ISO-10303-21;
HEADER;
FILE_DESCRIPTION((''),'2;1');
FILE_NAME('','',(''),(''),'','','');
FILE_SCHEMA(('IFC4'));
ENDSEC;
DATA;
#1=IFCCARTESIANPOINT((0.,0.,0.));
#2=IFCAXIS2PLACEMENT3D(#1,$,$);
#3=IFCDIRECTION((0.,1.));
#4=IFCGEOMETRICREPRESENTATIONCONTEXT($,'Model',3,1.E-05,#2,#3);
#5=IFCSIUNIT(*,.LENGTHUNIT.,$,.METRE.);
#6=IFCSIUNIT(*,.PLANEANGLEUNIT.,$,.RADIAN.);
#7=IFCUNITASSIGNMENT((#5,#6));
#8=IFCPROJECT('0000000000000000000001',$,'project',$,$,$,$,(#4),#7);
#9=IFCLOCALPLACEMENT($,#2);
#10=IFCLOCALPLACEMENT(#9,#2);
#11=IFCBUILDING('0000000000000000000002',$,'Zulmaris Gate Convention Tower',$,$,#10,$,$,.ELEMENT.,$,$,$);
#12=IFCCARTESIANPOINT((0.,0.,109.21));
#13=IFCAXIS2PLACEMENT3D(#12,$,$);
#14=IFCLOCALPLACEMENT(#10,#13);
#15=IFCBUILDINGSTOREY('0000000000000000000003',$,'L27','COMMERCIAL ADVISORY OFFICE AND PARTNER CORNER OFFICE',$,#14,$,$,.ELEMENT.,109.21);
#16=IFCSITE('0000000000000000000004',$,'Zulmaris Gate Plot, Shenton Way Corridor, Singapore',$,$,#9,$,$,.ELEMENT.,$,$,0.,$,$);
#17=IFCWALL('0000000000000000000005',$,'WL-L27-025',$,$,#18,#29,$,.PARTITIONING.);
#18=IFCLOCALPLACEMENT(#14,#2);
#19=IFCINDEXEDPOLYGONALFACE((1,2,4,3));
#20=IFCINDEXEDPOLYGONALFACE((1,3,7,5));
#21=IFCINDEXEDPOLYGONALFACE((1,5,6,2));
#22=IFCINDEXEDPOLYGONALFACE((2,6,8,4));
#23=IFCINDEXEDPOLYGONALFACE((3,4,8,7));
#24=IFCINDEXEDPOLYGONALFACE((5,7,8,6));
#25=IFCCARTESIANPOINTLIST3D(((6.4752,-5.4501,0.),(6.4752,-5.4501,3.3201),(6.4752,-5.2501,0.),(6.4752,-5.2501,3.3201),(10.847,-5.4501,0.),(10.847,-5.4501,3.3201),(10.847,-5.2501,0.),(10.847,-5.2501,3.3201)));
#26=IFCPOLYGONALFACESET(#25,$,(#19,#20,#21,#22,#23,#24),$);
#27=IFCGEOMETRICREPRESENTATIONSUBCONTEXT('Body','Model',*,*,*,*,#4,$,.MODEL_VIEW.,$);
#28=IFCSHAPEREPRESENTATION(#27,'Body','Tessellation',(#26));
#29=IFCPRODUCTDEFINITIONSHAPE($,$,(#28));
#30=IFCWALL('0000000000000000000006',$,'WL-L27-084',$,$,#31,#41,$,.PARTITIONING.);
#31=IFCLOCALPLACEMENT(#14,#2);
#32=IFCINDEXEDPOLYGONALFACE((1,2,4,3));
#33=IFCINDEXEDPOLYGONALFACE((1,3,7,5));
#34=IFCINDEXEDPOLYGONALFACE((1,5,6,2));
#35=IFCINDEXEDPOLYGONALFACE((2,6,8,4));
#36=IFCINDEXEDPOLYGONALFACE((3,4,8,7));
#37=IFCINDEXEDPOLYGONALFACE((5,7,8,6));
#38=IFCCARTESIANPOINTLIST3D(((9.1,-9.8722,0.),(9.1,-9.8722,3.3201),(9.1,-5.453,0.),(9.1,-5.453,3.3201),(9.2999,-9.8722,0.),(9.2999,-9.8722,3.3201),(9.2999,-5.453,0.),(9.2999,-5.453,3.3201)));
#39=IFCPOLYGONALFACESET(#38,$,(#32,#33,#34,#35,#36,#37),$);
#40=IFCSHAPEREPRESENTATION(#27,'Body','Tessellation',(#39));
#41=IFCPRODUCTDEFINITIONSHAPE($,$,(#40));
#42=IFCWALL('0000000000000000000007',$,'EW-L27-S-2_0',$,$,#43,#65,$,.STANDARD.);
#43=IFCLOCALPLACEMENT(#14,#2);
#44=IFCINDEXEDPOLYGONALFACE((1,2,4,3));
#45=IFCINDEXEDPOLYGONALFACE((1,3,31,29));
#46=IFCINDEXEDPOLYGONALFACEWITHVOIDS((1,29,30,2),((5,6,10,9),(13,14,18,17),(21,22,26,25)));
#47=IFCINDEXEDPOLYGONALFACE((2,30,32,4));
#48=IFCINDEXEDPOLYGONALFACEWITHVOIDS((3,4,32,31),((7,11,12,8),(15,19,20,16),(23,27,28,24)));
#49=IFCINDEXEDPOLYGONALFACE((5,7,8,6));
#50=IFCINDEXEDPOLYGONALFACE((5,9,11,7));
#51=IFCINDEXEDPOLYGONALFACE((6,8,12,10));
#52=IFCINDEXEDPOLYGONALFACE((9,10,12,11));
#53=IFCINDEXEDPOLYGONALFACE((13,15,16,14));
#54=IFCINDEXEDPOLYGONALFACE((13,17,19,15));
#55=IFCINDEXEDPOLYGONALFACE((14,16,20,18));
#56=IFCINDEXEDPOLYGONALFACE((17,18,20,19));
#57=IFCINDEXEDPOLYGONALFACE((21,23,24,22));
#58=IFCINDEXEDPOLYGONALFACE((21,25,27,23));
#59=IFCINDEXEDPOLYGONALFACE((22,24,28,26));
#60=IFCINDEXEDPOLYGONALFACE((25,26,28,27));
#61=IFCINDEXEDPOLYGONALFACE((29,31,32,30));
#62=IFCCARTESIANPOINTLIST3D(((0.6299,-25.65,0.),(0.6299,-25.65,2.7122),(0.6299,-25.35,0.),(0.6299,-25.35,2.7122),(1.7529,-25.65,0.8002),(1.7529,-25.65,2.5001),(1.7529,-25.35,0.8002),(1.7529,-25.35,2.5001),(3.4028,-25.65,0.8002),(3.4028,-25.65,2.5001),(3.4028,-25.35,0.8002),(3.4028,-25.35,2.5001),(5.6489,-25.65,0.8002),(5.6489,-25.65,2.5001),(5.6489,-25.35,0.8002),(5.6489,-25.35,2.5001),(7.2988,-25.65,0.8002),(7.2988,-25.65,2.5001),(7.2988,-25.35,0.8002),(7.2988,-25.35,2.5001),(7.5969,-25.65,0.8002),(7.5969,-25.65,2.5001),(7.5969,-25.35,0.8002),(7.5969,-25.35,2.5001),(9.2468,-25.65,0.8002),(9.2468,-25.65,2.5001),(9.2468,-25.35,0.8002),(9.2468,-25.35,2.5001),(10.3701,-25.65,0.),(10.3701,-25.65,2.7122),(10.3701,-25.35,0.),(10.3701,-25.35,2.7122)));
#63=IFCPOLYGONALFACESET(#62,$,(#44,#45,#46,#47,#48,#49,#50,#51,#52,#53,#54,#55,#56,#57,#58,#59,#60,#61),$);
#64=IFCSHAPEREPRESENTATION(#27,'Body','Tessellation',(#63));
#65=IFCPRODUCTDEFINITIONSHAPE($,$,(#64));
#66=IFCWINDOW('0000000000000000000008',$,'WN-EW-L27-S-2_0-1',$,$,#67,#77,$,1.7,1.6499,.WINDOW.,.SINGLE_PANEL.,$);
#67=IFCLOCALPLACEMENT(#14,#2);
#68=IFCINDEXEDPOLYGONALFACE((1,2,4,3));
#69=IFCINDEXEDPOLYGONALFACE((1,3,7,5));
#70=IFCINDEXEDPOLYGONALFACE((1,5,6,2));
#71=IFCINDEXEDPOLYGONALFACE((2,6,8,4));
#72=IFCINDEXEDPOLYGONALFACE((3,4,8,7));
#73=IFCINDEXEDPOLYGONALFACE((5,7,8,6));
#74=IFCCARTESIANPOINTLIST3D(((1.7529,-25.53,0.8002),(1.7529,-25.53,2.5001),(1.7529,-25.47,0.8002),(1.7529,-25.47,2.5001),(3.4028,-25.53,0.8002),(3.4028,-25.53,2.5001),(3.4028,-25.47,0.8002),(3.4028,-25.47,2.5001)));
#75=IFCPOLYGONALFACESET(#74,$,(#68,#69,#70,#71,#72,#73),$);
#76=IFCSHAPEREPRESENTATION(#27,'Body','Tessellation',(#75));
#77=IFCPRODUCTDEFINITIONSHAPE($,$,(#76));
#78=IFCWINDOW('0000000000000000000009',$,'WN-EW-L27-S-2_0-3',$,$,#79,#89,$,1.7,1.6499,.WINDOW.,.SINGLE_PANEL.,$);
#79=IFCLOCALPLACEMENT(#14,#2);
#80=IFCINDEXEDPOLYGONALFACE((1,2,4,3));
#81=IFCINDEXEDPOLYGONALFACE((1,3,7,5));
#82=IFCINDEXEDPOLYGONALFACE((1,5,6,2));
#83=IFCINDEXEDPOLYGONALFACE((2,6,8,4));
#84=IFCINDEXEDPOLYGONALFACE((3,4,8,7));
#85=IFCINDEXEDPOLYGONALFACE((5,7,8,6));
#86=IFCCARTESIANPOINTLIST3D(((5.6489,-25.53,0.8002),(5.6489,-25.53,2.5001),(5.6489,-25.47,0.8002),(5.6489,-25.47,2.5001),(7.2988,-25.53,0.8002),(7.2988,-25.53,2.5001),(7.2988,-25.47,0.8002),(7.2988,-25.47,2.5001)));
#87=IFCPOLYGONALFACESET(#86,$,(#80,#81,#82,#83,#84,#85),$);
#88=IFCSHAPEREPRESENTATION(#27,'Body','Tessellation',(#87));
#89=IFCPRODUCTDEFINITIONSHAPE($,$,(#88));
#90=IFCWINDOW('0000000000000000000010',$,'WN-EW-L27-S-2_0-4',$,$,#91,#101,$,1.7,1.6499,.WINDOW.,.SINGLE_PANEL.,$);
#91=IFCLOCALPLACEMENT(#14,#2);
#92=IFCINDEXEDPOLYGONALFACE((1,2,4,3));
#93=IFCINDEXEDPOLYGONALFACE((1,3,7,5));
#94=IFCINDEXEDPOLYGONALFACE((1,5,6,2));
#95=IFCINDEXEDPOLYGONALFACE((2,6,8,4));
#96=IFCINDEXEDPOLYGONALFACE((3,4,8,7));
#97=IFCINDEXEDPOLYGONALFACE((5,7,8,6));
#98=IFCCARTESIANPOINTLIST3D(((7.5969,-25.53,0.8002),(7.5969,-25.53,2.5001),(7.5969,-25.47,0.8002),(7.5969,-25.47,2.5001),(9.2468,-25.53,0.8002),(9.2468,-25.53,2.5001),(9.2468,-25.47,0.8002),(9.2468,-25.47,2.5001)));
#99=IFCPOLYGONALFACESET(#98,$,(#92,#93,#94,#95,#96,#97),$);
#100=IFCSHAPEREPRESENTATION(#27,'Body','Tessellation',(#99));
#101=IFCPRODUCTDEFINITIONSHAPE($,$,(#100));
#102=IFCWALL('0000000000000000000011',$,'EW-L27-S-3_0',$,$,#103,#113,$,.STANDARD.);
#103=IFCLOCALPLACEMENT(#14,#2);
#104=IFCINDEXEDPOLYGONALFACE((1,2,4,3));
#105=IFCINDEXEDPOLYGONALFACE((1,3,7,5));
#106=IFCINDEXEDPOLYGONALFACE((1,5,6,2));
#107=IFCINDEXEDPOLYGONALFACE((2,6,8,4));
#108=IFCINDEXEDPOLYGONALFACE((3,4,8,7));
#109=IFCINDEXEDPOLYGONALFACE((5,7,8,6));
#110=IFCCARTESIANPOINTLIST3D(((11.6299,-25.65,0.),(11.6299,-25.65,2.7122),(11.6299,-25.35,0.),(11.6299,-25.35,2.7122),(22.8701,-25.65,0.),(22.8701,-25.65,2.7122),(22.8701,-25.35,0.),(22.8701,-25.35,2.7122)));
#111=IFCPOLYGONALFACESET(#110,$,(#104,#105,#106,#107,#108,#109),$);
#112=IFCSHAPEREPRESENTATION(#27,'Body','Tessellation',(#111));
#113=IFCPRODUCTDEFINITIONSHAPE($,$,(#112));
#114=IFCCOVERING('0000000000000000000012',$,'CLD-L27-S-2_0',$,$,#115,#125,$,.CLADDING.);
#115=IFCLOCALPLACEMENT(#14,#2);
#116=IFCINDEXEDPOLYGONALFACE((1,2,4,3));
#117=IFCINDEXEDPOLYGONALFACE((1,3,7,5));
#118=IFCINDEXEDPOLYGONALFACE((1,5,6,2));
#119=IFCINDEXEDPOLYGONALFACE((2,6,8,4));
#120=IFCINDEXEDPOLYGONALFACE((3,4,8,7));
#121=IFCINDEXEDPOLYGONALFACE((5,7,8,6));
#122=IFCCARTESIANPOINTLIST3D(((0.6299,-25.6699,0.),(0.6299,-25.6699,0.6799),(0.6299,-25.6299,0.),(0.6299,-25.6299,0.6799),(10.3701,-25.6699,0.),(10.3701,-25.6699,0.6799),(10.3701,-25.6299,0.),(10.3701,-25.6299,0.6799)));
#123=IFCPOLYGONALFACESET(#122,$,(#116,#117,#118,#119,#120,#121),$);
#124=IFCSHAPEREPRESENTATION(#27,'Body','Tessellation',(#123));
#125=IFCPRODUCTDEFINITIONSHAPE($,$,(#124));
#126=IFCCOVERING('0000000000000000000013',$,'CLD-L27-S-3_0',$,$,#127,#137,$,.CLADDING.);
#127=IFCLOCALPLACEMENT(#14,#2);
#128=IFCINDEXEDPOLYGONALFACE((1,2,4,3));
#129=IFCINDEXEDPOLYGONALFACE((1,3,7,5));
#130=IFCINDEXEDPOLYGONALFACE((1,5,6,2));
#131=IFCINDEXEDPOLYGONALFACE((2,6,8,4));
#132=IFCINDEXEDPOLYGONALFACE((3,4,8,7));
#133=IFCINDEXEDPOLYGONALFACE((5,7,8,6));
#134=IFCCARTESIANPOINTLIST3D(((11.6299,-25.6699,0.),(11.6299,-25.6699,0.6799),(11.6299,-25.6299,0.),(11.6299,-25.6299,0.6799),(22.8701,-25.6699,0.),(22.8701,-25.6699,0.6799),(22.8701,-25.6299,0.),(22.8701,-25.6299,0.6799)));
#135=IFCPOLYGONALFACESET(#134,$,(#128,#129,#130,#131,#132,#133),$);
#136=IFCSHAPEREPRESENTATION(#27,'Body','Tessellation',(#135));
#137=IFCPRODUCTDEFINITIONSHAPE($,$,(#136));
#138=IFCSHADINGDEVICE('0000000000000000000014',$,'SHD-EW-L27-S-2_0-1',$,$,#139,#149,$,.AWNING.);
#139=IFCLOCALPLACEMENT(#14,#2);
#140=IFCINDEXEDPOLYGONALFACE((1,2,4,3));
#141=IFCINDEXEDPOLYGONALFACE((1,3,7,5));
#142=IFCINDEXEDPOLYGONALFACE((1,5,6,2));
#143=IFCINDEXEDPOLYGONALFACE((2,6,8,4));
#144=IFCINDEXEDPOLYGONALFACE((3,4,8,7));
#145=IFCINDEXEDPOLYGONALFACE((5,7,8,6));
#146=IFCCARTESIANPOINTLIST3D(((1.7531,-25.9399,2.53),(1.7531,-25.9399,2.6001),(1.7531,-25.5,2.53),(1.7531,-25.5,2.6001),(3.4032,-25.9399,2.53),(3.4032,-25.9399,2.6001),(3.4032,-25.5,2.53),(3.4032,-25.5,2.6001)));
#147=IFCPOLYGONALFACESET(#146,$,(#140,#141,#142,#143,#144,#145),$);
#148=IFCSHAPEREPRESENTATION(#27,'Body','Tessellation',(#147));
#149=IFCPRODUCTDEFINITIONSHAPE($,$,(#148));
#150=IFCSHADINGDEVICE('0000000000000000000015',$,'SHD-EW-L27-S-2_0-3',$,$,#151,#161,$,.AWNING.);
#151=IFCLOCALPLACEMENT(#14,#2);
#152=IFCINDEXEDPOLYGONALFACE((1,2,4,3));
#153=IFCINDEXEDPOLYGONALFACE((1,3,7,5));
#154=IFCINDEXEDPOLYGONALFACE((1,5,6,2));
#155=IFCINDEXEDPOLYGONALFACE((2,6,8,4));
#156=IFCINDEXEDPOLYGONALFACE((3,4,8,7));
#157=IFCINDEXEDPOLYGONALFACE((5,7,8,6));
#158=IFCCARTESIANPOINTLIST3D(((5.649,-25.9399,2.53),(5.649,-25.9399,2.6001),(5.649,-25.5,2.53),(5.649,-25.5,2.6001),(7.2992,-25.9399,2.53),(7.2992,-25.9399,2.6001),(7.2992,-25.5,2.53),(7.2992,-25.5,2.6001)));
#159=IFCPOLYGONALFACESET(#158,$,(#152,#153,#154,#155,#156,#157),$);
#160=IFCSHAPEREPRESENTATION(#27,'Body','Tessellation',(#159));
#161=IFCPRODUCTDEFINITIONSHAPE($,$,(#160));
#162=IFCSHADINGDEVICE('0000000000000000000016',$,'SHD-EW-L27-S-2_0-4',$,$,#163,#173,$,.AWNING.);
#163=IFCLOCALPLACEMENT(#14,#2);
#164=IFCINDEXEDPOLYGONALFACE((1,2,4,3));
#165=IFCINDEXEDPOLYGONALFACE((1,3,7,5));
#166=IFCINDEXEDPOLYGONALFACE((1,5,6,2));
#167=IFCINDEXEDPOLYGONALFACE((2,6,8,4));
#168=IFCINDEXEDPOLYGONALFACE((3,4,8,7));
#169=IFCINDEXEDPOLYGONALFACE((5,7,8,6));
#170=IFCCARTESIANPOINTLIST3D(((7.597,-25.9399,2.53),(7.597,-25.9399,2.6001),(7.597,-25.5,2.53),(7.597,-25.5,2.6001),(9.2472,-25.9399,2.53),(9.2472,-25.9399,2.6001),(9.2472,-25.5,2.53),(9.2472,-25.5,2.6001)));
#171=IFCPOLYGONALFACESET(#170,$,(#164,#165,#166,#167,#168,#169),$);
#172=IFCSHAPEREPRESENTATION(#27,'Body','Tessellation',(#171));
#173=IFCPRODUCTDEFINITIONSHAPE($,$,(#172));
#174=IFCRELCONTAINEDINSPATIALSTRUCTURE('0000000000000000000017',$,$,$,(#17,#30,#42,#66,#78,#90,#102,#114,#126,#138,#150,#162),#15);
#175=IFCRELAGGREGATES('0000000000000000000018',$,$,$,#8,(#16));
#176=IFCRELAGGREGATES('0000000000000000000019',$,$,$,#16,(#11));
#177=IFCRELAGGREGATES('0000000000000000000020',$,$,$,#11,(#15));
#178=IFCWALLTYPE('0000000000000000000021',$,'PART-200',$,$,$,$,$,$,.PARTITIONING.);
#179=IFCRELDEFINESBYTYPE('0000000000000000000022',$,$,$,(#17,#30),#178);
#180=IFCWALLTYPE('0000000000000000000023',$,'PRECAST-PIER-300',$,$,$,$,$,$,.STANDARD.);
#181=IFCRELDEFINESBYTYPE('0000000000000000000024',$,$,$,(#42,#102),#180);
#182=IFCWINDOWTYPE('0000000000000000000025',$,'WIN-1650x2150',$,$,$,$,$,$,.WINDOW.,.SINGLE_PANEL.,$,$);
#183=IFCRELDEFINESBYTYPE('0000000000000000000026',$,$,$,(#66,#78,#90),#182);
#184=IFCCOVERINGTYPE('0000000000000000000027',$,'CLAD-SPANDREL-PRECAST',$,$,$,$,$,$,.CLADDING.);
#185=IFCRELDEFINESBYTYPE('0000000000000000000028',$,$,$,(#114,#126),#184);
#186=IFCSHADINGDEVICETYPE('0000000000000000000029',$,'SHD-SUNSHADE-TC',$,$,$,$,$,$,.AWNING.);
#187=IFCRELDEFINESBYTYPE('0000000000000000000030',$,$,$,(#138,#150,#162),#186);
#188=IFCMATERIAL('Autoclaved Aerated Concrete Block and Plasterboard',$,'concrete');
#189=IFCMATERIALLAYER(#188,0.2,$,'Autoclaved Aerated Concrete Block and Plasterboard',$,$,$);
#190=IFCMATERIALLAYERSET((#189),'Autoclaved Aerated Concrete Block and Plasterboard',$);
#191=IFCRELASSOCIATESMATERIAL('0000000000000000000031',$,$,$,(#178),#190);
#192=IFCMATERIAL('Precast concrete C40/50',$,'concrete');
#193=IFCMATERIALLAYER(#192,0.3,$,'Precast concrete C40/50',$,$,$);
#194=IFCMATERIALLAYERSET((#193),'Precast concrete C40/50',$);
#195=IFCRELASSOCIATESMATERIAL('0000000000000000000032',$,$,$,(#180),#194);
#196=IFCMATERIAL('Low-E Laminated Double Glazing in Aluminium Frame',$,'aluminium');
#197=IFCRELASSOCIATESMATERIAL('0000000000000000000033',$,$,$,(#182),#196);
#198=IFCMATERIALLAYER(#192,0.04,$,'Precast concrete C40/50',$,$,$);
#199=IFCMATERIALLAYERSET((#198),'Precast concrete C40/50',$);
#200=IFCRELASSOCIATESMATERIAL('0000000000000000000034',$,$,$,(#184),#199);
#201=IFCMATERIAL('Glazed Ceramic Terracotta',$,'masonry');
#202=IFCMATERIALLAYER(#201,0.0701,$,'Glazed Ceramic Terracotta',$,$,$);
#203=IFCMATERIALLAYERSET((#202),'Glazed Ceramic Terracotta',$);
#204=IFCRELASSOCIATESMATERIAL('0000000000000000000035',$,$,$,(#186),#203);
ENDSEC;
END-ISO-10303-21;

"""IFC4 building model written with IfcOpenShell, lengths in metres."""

from ifc_helpers import new_model, si_unit, direction, frame, frame_2d, origin, place, context, subcontext, project, spatial, rectangle, extrude, material, layer, layer_set, type_object, element, fill, save


model = new_model("IFC4")

# Units and contexts
model_context = context("Model", 3, precision=1e-05, world=origin(), true_north=direction((0.0, 1.0)))
body_context = subcontext(model_context, "Body", "Model", "MODEL_VIEW")
ifc_project = project(units=[si_unit("LENGTHUNIT", "METRE"), si_unit("PLANEANGLEUNIT", "RADIAN")], contexts=[model_context])

# Site, building, storey
site_placement = place(None, origin())
site = spatial("IfcSite", under=ifc_project, at=site_placement, Name="Zulmaris Gate Plot, Shenton Way Corridor, Singapore", CompositionType="ELEMENT", RefElevation=0.0)
building_placement = place(site_placement, origin())
building = spatial("IfcBuilding", under=site, at=building_placement, Name="Zulmaris Gate Convention Tower", CompositionType="ELEMENT")
storey_placement = place(building_placement, frame((0.0, 0.0, 109.21)))
storey = spatial("IfcBuildingStorey", under=building, at=storey_placement, Name="L27", Description="COMMERCIAL ADVISORY OFFICE AND PARTNER CORNER OFFICE", CompositionType="ELEMENT", Elevation=109.21)

# Walls
ifc_material_1 = material(Name="Autoclaved Aerated Concrete Block and Plasterboard", Category="concrete")
ifc_layer_1 = layer(ifc_material_1, 0.2, Name="Autoclaved Aerated Concrete Block and Plasterboard")
ifc_layer_set_1 = layer_set([ifc_layer_1], Name="Autoclaved Aerated Concrete Block and Plasterboard")
wall_type_1 = type_object("IfcWallType", Name="PART-200", PredefinedType="PARTITIONING", material=ifc_layer_set_1)
wall_1_placement = place(storey_placement, frame((6.4751, -5.3501, 0.0), z_axis=(0.0, 0.0, 1.0), x_axis=(1.0, 0.0, 0.0)))
element("IfcWall", 1, at=wall_1_placement, inside=storey, type_object=wall_type_1, Name="WL-L27-025", PredefinedType="PARTITIONING", context=body_context, shape_type="SweptSolid", body=[
    extrude(rectangle(XDim=4.3718, YDim=0.2, at=frame_2d((2.186, 0.0))), origin(), (0.0, 0.0, 1.0), 3.3201),
])
wall_2_placement = place(storey_placement, frame((9.2, -9.8721, 0.0), z_axis=(0.0, 0.0, 1.0), x_axis=(0.0, 1.0, 0.0)))
element("IfcWall", 2, at=wall_2_placement, inside=storey, type_object=wall_type_1, Name="WL-L27-084", PredefinedType="PARTITIONING", context=body_context, shape_type="SweptSolid", body=[
    extrude(rectangle(XDim=4.4192, YDim=0.2, at=frame_2d((2.2095, 0.0))), origin(), (0.0, 0.0, 1.0), 3.3201),
])

# Wall, openings, windows
ifc_material_2 = material(Name="Precast concrete C40/50", Category="concrete")
ifc_layer_2 = layer(ifc_material_2, 0.3, Name="Precast concrete C40/50")
ifc_layer_set_2 = layer_set([ifc_layer_2], Name="Precast concrete C40/50")
wall_type_2 = type_object("IfcWallType", Name="PRECAST-PIER-300", PredefinedType="STANDARD", material=ifc_layer_set_2)
wall_3_placement = place(storey_placement, frame((0.6299, -25.5, 0.0), z_axis=(0.0, 0.0, 1.0), x_axis=(1.0, 0.0, 0.0)))
wall_3 = element("IfcWall", 3, at=wall_3_placement, inside=storey, type_object=wall_type_2, Name="EW-L27-S-2_0", PredefinedType="STANDARD", context=body_context, shape_type="SweptSolid", body=[
    extrude(rectangle(XDim=9.7402, YDim=0.3, at=frame_2d((4.8701, 0.0))), origin(), (0.0, 0.0, 1.0), 2.7122),
])
opening_1_placement = place(wall_3_placement, frame((1.123, 0.0, 0.8)))
opening_1 = element("IfcOpeningElement", 4, at=opening_1_placement, cuts=wall_3, PredefinedType="OPENING", context=body_context, shape_type="SweptSolid", body=[
    extrude(rectangle(XDim=1.6499, YDim=1.7, at=frame_2d((0.825, 0.8501))), frame((0.0, 0.1602, 0.0), z_axis=(0.0, -1.0, 0.0), x_axis=(1.0, 0.0, 0.0)), (0.0, 0.0, 1.0), 0.3201),
])
opening_2_placement = place(wall_3_placement, frame((5.019, 0.0, 0.8)))
opening_2 = element("IfcOpeningElement", 5, at=opening_2_placement, cuts=wall_3, PredefinedType="OPENING", context=body_context, shape_type="SweptSolid", body=[
    extrude(rectangle(XDim=1.6499, YDim=1.7, at=frame_2d((0.825, 0.8501))), frame((0.0, 0.1602, 0.0), z_axis=(0.0, -1.0, 0.0), x_axis=(1.0, 0.0, 0.0)), (0.0, 0.0, 1.0), 0.3201),
])
opening_3_placement = place(wall_3_placement, frame((6.967, 0.0, 0.8)))
opening_3 = element("IfcOpeningElement", 6, at=opening_3_placement, cuts=wall_3, PredefinedType="OPENING", context=body_context, shape_type="SweptSolid", body=[
    extrude(rectangle(XDim=1.6499, YDim=1.7, at=frame_2d((0.825, 0.8501))), frame((0.0, 0.1602, 0.0), z_axis=(0.0, -1.0, 0.0), x_axis=(1.0, 0.0, 0.0)), (0.0, 0.0, 1.0), 0.3201),
])
ifc_material_3 = material(Name="Low-E Laminated Double Glazing in Aluminium Frame", Category="aluminium")
window_type = type_object("IfcWindowType", Name="WIN-1650x2150", PartitioningType="SINGLE_PANEL", PredefinedType="WINDOW", material=ifc_material_3)
window_1_placement = place(opening_1_placement, origin())
window_1 = element("IfcWindow", 7, at=window_1_placement, inside=storey, type_object=window_type, Name="WN-EW-L27-S-2_0-1", OverallHeight=1.7, OverallWidth=1.6499, PartitioningType="SINGLE_PANEL", PredefinedType="WINDOW", context=body_context, shape_type="SweptSolid", body=[
    extrude(rectangle(XDim=1.6499, YDim=1.7, at=frame_2d((0.825, 0.8501))), frame((0.0, 0.03, 0.0), z_axis=(0.0, -1.0, 0.0), x_axis=(1.0, 0.0, 0.0)), (0.0, 0.0, 1.0), 0.0601),
])
fill(opening_1, window_1)
window_2_placement = place(opening_2_placement, origin())
window_2 = element("IfcWindow", 8, at=window_2_placement, inside=storey, type_object=window_type, Name="WN-EW-L27-S-2_0-3", OverallHeight=1.7, OverallWidth=1.6499, PartitioningType="SINGLE_PANEL", PredefinedType="WINDOW", context=body_context, shape_type="SweptSolid", body=[
    extrude(rectangle(XDim=1.6499, YDim=1.7, at=frame_2d((0.825, 0.8501))), frame((0.0, 0.03, 0.0), z_axis=(0.0, -1.0, 0.0), x_axis=(1.0, 0.0, 0.0)), (0.0, 0.0, 1.0), 0.0601),
])
fill(opening_2, window_2)
window_3_placement = place(opening_3_placement, origin())
window_3 = element("IfcWindow", 9, at=window_3_placement, inside=storey, type_object=window_type, Name="WN-EW-L27-S-2_0-4", OverallHeight=1.7, OverallWidth=1.6499, PartitioningType="SINGLE_PANEL", PredefinedType="WINDOW", context=body_context, shape_type="SweptSolid", body=[
    extrude(rectangle(XDim=1.6499, YDim=1.7, at=frame_2d((0.825, 0.8501))), frame((0.0, 0.03, 0.0), z_axis=(0.0, -1.0, 0.0), x_axis=(1.0, 0.0, 0.0)), (0.0, 0.0, 1.0), 0.0601),
])
fill(opening_3, window_3)

# Wall
wall_4_placement = place(storey_placement, frame((11.6299, -25.5, 0.0), z_axis=(0.0, 0.0, 1.0), x_axis=(1.0, 0.0, 0.0)))
element("IfcWall", 10, at=wall_4_placement, inside=storey, type_object=wall_type_2, Name="EW-L27-S-3_0", PredefinedType="STANDARD", context=body_context, shape_type="SweptSolid", body=[
    extrude(rectangle(XDim=11.2402, YDim=0.3, at=frame_2d((5.6201, 0.0))), origin(), (0.0, 0.0, 1.0), 2.7122),
])

# Coverings
ifc_layer_3 = layer(ifc_material_2, 0.04, Name="Precast concrete C40/50")
ifc_layer_set_3 = layer_set([ifc_layer_3], Name="Precast concrete C40/50")
covering_type = type_object("IfcCoveringType", Name="CLAD-SPANDREL-PRECAST", PredefinedType="CLADDING", material=ifc_layer_set_3)
covering_1_placement = place(storey_placement, frame((0.6299, -25.6499, 0.0), z_axis=(0.0, 0.0, 1.0), x_axis=(1.0, 0.0, 0.0)))
element("IfcCovering", 11, at=covering_1_placement, inside=storey, type_object=covering_type, Name="CLD-L27-S-2_0", PredefinedType="CLADDING", context=body_context, shape_type="SweptSolid", body=[
    extrude(rectangle(XDim=9.7402, YDim=0.04, at=frame_2d((4.8701, 0.0))), origin(), (0.0, 0.0, 1.0), 0.6799),
])
covering_2_placement = place(storey_placement, frame((11.6299, -25.6499, 0.0), z_axis=(0.0, 0.0, 1.0), x_axis=(1.0, 0.0, 0.0)))
element("IfcCovering", 12, at=covering_2_placement, inside=storey, type_object=covering_type, Name="CLD-L27-S-3_0", PredefinedType="CLADDING", context=body_context, shape_type="SweptSolid", body=[
    extrude(rectangle(XDim=11.2402, YDim=0.04, at=frame_2d((5.6201, 0.0))), origin(), (0.0, 0.0, 1.0), 0.6799),
])

# Shading devices
ifc_material_4 = material(Name="Glazed Ceramic Terracotta", Category="masonry")
ifc_layer_4 = layer(ifc_material_4, 0.0701, Name="Glazed Ceramic Terracotta")
ifc_layer_set_4 = layer_set([ifc_layer_4], Name="Glazed Ceramic Terracotta")
shading_device_type = type_object("IfcShadingDeviceType", Name="SHD-SUNSHADE-TC", PredefinedType="AWNING", material=ifc_layer_set_4)
for number, where, z_axis, x_axis, name in (
    (13, (1.7529, -25.72, 2.53), (0.0, 0.0, 1.0), (1.0, 0.0, 0.0), "SHD-EW-L27-S-2_0-1"),
    (14, (5.6489, -25.72, 2.53), (0.0, 0.0, 1.0), (1.0, 0.0, 0.0), "SHD-EW-L27-S-2_0-3"),
    (15, (7.5969, -25.72, 2.53), (0.0, 0.0, 1.0), (1.0, 0.0, 0.0), "SHD-EW-L27-S-2_0-4"),
):
    element("IfcShadingDevice", number, at=place(storey_placement, frame(where, z_axis=z_axis, x_axis=x_axis)), inside=storey, type_object=shading_device_type, Name=name, PredefinedType="AWNING", context=body_context, shape_type="SweptSolid", body=[
        extrude(rectangle(XDim=1.6501, YDim=0.4399, at=frame_2d((0.8252, 0.0))), origin(), (0.0, 0.0, 1.0), 0.0701),
    ])

save(model, "model.ifc")
